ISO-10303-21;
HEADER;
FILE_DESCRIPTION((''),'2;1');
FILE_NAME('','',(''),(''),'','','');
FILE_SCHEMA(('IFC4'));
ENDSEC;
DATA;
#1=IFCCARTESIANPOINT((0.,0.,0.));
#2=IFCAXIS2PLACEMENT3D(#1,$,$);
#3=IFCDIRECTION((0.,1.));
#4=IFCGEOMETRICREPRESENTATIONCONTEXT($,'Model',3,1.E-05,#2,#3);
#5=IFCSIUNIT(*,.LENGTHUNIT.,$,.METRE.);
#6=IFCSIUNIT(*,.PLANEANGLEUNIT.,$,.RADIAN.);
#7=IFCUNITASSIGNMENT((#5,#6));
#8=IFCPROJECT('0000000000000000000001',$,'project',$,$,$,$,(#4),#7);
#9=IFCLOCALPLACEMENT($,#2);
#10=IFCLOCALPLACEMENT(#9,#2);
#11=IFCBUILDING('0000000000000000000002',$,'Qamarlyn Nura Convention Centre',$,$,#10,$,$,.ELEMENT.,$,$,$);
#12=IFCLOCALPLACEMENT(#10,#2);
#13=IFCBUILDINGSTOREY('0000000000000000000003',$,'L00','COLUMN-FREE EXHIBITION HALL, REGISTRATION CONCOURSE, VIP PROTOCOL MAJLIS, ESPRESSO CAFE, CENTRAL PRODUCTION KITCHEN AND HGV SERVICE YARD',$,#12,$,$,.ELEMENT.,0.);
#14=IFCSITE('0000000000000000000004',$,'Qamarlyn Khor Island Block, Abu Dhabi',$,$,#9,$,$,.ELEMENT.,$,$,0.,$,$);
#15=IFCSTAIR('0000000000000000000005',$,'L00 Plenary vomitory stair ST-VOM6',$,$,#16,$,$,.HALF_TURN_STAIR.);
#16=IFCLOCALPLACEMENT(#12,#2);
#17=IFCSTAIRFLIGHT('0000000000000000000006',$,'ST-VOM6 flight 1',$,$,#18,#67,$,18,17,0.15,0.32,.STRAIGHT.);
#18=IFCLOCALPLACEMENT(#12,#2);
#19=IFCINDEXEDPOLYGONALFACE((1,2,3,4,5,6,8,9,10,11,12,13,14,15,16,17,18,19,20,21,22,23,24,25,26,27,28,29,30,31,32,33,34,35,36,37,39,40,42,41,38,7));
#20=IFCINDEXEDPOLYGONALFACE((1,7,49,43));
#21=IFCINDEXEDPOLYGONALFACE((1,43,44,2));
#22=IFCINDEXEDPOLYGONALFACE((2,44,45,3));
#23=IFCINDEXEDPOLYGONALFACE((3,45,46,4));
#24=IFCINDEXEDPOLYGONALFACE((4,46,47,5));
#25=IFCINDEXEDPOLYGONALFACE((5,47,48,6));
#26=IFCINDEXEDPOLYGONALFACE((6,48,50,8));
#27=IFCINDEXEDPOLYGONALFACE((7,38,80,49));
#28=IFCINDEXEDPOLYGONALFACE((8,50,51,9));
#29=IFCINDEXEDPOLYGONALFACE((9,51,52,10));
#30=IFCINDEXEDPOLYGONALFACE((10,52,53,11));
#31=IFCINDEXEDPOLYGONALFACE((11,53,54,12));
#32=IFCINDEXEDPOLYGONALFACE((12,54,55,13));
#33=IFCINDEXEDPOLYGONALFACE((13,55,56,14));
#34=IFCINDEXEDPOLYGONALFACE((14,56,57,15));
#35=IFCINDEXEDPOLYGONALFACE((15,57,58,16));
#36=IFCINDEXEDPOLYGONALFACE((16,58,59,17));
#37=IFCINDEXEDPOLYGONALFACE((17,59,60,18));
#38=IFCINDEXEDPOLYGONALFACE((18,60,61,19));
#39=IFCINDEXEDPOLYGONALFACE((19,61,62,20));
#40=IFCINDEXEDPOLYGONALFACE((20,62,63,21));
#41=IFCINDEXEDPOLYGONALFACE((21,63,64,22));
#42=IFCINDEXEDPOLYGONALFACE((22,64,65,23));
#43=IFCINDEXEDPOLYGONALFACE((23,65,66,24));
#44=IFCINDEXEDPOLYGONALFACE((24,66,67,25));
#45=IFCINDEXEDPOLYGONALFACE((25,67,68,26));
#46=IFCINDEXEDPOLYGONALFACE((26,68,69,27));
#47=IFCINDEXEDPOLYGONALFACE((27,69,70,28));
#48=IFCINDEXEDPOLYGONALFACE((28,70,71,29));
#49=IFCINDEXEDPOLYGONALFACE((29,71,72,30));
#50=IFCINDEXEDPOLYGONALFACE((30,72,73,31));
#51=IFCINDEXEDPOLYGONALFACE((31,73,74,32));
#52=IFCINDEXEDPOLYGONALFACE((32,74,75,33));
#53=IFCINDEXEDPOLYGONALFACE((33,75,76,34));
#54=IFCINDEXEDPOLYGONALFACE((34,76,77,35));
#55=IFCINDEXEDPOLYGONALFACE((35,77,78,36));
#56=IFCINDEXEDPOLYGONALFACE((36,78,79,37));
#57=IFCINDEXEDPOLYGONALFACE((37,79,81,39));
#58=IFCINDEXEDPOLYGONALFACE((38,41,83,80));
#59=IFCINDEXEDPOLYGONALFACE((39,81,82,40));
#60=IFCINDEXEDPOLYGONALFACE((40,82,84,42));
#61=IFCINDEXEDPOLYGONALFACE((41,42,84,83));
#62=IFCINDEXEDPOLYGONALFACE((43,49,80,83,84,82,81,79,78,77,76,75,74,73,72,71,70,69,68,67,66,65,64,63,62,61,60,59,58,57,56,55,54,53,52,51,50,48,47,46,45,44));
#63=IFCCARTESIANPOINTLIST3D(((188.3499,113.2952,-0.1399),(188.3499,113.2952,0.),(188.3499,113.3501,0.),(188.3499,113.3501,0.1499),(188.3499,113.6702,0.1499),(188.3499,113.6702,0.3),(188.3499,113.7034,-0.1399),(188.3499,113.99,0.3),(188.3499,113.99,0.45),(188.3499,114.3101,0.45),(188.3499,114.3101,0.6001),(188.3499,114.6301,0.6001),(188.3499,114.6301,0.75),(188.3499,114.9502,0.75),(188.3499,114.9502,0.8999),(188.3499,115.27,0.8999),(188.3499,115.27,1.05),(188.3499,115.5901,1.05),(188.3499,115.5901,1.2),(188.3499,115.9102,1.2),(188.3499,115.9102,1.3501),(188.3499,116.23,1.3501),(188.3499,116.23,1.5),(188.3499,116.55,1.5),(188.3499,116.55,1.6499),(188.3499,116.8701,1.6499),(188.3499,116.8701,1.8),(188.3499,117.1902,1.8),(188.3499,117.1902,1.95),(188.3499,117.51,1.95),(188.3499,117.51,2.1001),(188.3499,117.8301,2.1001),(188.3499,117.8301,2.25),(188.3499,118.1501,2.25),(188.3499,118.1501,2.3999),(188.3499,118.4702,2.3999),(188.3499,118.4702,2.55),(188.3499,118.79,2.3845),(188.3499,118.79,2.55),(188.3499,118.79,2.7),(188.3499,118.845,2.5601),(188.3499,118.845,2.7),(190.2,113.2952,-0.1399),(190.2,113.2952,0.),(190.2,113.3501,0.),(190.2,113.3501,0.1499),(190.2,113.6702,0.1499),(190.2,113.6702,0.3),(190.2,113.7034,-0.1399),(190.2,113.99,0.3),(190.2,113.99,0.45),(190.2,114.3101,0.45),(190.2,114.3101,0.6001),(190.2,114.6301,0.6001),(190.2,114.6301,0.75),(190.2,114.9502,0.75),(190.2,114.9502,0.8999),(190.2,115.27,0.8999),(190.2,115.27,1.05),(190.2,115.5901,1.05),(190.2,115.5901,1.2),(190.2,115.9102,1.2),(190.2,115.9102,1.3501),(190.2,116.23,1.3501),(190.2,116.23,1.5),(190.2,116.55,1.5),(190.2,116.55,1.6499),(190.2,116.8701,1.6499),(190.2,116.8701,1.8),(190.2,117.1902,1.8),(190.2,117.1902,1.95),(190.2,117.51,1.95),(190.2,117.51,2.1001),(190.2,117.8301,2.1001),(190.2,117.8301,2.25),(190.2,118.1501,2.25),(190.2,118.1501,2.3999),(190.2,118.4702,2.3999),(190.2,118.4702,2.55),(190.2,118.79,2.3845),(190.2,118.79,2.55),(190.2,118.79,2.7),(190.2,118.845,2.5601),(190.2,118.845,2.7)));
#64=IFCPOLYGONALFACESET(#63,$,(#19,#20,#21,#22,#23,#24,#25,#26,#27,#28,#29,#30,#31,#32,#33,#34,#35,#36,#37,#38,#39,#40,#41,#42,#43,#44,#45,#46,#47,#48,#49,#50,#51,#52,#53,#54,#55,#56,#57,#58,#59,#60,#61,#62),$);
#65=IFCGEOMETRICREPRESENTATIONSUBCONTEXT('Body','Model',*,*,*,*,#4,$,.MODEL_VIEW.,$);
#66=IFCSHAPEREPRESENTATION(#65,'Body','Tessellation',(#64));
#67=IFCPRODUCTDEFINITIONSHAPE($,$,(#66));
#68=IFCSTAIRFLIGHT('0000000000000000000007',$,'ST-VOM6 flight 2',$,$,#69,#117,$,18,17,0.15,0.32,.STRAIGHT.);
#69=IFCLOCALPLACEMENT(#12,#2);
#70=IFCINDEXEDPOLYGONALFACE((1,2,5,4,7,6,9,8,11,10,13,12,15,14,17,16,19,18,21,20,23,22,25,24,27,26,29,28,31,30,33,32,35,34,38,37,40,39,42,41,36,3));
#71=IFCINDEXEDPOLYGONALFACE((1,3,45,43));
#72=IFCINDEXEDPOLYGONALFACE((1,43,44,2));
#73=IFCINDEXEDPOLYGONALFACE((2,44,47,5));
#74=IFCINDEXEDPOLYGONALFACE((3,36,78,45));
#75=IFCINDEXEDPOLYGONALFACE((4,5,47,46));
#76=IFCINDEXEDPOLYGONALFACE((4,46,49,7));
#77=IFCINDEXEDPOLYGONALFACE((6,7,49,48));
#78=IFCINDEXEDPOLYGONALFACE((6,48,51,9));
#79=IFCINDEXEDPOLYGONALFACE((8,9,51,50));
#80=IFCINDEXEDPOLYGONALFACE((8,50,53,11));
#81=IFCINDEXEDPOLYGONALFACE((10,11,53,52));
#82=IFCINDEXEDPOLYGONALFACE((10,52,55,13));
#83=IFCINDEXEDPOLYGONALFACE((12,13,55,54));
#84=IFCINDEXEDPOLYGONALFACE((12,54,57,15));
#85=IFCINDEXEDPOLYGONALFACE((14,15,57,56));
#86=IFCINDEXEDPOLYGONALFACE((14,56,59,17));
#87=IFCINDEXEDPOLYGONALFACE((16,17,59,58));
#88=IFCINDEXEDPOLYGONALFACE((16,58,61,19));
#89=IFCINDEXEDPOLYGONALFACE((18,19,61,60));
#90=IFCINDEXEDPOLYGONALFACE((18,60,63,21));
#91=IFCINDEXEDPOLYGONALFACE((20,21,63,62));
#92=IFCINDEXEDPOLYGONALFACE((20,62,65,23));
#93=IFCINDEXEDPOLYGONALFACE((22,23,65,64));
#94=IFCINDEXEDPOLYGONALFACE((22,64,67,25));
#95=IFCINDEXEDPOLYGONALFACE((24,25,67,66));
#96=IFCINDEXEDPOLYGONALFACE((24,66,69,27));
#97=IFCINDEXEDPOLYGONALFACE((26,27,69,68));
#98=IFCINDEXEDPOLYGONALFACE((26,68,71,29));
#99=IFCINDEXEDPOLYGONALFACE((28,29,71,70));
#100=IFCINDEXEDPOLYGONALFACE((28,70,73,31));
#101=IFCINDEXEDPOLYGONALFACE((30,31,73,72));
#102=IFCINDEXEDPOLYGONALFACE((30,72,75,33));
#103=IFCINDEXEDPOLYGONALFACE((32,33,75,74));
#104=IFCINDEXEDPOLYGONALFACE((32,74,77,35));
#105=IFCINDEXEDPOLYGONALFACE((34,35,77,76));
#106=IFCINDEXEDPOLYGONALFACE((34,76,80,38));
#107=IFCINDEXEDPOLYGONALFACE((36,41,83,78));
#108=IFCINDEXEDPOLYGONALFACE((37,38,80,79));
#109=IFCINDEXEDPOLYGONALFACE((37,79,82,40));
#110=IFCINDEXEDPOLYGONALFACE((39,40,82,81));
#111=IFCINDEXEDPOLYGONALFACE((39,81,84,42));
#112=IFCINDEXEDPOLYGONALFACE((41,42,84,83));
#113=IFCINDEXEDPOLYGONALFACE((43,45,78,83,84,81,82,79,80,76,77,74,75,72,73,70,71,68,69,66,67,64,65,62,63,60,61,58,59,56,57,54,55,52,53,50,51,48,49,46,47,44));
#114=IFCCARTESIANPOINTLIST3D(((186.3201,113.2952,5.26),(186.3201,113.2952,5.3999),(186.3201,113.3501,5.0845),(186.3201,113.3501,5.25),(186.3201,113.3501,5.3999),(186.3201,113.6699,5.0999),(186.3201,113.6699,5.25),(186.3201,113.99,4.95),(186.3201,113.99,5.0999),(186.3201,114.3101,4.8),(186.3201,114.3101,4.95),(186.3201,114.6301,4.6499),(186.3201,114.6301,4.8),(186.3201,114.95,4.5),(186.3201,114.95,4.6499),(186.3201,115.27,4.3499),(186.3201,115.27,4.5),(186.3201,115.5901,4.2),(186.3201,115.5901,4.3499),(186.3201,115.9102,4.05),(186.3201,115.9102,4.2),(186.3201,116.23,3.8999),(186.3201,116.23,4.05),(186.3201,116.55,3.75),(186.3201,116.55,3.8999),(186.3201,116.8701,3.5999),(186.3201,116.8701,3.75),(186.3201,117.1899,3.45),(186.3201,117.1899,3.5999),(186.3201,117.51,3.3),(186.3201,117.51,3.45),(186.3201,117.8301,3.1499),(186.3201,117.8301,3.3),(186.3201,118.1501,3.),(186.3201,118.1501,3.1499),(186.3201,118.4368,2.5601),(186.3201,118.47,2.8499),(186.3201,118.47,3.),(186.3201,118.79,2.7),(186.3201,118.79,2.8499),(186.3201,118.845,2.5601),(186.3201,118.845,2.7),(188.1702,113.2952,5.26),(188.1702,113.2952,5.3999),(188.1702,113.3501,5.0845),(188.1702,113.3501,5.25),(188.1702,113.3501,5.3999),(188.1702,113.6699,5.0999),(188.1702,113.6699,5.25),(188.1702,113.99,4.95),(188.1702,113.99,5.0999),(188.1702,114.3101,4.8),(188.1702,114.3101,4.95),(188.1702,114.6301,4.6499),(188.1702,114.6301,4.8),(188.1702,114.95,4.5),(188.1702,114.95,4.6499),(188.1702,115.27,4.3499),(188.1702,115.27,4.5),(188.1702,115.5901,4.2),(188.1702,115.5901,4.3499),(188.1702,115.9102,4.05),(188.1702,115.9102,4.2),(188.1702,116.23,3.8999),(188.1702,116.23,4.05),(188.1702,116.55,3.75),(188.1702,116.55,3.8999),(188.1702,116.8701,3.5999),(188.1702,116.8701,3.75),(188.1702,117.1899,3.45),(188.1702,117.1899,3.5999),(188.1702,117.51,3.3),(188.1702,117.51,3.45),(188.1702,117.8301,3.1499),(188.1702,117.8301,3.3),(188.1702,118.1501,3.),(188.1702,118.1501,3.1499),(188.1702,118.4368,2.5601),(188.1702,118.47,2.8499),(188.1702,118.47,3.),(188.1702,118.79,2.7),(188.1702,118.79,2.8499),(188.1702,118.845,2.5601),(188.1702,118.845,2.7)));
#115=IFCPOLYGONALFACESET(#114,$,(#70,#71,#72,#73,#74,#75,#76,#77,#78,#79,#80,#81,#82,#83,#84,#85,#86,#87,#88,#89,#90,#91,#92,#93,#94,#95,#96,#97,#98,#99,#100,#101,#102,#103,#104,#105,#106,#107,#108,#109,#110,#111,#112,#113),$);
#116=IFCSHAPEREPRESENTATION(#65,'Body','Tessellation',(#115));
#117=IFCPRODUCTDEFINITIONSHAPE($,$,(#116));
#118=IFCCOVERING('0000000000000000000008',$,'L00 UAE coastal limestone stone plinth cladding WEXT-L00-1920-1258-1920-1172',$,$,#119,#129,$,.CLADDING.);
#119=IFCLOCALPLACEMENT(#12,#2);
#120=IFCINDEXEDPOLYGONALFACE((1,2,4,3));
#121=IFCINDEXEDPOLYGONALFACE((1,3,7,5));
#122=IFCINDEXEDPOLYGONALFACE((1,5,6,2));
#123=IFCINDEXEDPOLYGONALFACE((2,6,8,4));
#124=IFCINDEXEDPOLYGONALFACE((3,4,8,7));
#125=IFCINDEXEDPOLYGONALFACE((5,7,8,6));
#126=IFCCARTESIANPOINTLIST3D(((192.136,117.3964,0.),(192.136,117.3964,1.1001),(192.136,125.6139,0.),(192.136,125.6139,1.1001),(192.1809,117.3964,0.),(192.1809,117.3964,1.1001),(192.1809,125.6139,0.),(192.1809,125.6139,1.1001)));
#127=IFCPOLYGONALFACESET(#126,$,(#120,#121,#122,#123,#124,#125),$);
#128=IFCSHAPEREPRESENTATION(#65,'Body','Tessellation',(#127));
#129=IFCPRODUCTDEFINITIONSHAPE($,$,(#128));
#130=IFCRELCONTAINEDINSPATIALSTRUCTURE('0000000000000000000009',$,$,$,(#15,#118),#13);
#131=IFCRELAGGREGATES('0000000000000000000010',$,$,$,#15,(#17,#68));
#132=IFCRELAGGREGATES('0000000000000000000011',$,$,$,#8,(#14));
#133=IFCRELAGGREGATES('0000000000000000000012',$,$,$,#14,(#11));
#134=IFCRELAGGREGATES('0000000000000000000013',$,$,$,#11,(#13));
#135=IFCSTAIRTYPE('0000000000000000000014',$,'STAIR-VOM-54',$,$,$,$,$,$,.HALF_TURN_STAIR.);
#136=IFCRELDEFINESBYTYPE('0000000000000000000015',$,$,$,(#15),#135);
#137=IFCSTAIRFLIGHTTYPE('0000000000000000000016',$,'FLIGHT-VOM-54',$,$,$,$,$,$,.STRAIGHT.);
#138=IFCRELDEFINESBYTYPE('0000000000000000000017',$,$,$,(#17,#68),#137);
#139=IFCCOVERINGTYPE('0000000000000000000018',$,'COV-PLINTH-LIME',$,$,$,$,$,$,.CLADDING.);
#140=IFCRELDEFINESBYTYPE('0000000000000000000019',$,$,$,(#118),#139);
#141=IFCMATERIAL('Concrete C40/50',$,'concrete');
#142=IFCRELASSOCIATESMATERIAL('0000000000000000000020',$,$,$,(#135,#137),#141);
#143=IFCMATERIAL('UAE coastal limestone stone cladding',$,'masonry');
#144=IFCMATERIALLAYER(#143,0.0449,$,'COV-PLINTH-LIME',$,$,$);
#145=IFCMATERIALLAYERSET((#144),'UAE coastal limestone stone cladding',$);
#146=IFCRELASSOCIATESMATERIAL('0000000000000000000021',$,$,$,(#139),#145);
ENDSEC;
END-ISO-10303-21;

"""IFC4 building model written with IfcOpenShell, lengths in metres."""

from ifc_helpers import new_model, si_unit, direction, frame, origin, origin_2d, place, context, subcontext, project, spatial, polyline, rectangle, outline, extrude, material, layer, layer_set, type_object, element, aggregate, save


model = new_model("IFC4")

# Units and contexts
model_context = context("Model", 3, precision=1e-05, world=origin(), true_north=direction((0.0, 1.0)))
body_context = subcontext(model_context, "Body", "Model", "MODEL_VIEW")
ifc_project = project(units=[si_unit("LENGTHUNIT", "METRE"), si_unit("PLANEANGLEUNIT", "RADIAN")], contexts=[model_context])

# Site, building, storey
site_placement = place(None, origin())
site = spatial("IfcSite", under=ifc_project, at=site_placement, Name="Qamarlyn Khor Island Block, Abu Dhabi", CompositionType="ELEMENT", RefElevation=0.0)
building_placement = place(site_placement, origin())
building = spatial("IfcBuilding", under=site, at=building_placement, Name="Qamarlyn Nura Convention Centre", CompositionType="ELEMENT")
storey_placement = place(building_placement, origin())
storey = spatial("IfcBuildingStorey", under=building, at=storey_placement, Name="L00", Description="COLUMN-FREE EXHIBITION HALL, REGISTRATION CONCOURSE, VIP PROTOCOL MAJLIS, ESPRESSO CAFE, CENTRAL PRODUCTION KITCHEN AND HGV SERVICE YARD", CompositionType="ELEMENT", Elevation=0.0)

# Shared definitions
ifc_material_1 = material(Name="Concrete C40/50", Category="concrete")

# Stair, stair flights
stair_type = type_object("IfcStairType", Name="STAIR-VOM-54", PredefinedType="HALF_TURN_STAIR", material=ifc_material_1)
stair_placement = place(storey_placement, origin())
stair = element("IfcStair", 1, at=stair_placement, inside=storey, type_object=stair_type, Name="L00 Plenary vomitory stair ST-VOM6", PredefinedType="HALF_TURN_STAIR")
stair_flight_type = type_object("IfcStairFlightType", Name="FLIGHT-VOM-54", PredefinedType="STRAIGHT", material=ifc_material_1)
stair_flight_1_placement = place(storey_placement, frame((189.2749, 113.3501, 0.0), z_axis=(0.0, 0.0, 1.0), x_axis=(0.0, 1.0, 0.0)))
stair_flight_1 = element("IfcStairFlight", 2, at=stair_flight_1_placement, type_object=stair_flight_type, Name="ST-VOM6 flight 1", NumberOfRisers=18, NumberOfTreads=17, PredefinedType="STRAIGHT", RiserHeight=0.15, TreadLength=0.32, context=body_context, shape_type="SweptSolid", body=[
    extrude(outline(polyline([(-0.0549, 0.0), (0.0, 0.0), (0.0, 0.1499), (0.3201, 0.1499), (0.3201, 0.3), (0.6399, 0.3), (0.6399, 0.45), (0.96, 0.45), (0.96, 0.6001), (1.28, 0.6001), (1.28, 0.75), (1.6001, 0.75), (1.6001, 0.8999), (1.9199, 0.8999), (1.9199, 1.05), (2.24, 1.05), (2.24, 1.2), (2.5601, 1.2), (2.5601, 1.3501), (2.8799, 1.3501), (2.8799, 1.5), (3.2, 1.5), (3.2, 1.6499), (3.52, 1.6499), (3.52, 1.8), (3.8401, 1.8), (3.8401, 1.95), (4.1599, 1.95), (4.1599, 2.1001), (4.48, 2.1001), (4.48, 2.25), (4.8, 2.25), (4.8, 2.3999), (5.1201, 2.3999), (5.1201, 2.55), (5.4399, 2.55), (5.4399, 2.7), (5.4949, 2.7), (5.4949, 2.5601), (5.4399, 2.3845), (0.3533, -0.1399), (-0.0549, -0.1399), (-0.0549, 0.0)])), frame((0.0, 0.925, 0.0), z_axis=(0.0, -1.0, 0.0), x_axis=(1.0, 0.0, 0.0)), (0.0, 0.0, 1.0), 1.8501),
])
stair_flight_2_placement = place(storey_placement, frame((187.2451, 118.79, 2.7), z_axis=(0.0, 0.0, 1.0), x_axis=(0.0, -1.0, 0.0)))
stair_flight_2 = element("IfcStairFlight", 3, at=stair_flight_2_placement, type_object=stair_flight_type, Name="ST-VOM6 flight 2", NumberOfRisers=18, NumberOfTreads=17, PredefinedType="STRAIGHT", RiserHeight=0.15, TreadLength=0.32, context=body_context, shape_type="SweptSolid", body=[
    extrude(outline(polyline([(-0.0549, 0.0), (0.0, 0.0), (0.0, 0.1499), (0.3201, 0.1499), (0.3201, 0.3), (0.6399, 0.3), (0.6399, 0.45), (0.96, 0.45), (0.96, 0.6001), (1.28, 0.6001), (1.28, 0.75), (1.6001, 0.75), (1.6001, 0.8999), (1.9199, 0.8999), (1.9199, 1.05), (2.24, 1.05), (2.24, 1.2), (2.5601, 1.2), (2.5601, 1.3501), (2.8799, 1.3501), (2.8799, 1.5), (3.2, 1.5), (3.2, 1.6499), (3.52, 1.6499), (3.52, 1.8), (3.8401, 1.8), (3.8401, 1.95), (4.1599, 1.95), (4.1599, 2.1001), (4.48, 2.1001), (4.48, 2.25), (4.8, 2.25), (4.8, 2.3999), (5.1201, 2.3999), (5.1201, 2.55), (5.4399, 2.55), (5.4399, 2.7), (5.4949, 2.7), (5.4949, 2.5601), (5.4399, 2.3845), (0.3533, -0.1399), (-0.0549, -0.1399), (-0.0549, 0.0)])), frame((0.0, 0.925, 0.0), z_axis=(0.0, -1.0, 0.0), x_axis=(1.0, 0.0, 0.0)), (0.0, 0.0, 1.0), 1.8501),
])
aggregate(stair, [stair_flight_1, stair_flight_2])

# Covering
ifc_material_2 = material(Name="UAE coastal limestone stone cladding", Category="masonry")
ifc_layer_1 = layer(ifc_material_2, 0.0449, Name="COV-PLINTH-LIME")
ifc_layer_set_1 = layer_set([ifc_layer_1], Name="UAE coastal limestone stone cladding")
covering_type = type_object("IfcCoveringType", Name="COV-PLINTH-LIME", PredefinedType="CLADDING", material=ifc_layer_set_1)
covering_placement = place(storey_placement, frame((192.1584, 121.5051, 0.0), z_axis=(0.0, 0.0, 1.0), x_axis=(0.0, -1.0, 0.0)))
element("IfcCovering", 4, at=covering_placement, inside=storey, type_object=covering_type, Name="L00 UAE coastal limestone stone plinth cladding WEXT-L00-1920-1258-1920-1172", PredefinedType="CLADDING", context=body_context, shape_type="SweptSolid", body=[
    extrude(rectangle(XDim=8.2175, YDim=0.0449, at=origin_2d()), origin(), (0.0, 0.0, 1.0), 1.1001),
])

save(model, "model.ifc")
